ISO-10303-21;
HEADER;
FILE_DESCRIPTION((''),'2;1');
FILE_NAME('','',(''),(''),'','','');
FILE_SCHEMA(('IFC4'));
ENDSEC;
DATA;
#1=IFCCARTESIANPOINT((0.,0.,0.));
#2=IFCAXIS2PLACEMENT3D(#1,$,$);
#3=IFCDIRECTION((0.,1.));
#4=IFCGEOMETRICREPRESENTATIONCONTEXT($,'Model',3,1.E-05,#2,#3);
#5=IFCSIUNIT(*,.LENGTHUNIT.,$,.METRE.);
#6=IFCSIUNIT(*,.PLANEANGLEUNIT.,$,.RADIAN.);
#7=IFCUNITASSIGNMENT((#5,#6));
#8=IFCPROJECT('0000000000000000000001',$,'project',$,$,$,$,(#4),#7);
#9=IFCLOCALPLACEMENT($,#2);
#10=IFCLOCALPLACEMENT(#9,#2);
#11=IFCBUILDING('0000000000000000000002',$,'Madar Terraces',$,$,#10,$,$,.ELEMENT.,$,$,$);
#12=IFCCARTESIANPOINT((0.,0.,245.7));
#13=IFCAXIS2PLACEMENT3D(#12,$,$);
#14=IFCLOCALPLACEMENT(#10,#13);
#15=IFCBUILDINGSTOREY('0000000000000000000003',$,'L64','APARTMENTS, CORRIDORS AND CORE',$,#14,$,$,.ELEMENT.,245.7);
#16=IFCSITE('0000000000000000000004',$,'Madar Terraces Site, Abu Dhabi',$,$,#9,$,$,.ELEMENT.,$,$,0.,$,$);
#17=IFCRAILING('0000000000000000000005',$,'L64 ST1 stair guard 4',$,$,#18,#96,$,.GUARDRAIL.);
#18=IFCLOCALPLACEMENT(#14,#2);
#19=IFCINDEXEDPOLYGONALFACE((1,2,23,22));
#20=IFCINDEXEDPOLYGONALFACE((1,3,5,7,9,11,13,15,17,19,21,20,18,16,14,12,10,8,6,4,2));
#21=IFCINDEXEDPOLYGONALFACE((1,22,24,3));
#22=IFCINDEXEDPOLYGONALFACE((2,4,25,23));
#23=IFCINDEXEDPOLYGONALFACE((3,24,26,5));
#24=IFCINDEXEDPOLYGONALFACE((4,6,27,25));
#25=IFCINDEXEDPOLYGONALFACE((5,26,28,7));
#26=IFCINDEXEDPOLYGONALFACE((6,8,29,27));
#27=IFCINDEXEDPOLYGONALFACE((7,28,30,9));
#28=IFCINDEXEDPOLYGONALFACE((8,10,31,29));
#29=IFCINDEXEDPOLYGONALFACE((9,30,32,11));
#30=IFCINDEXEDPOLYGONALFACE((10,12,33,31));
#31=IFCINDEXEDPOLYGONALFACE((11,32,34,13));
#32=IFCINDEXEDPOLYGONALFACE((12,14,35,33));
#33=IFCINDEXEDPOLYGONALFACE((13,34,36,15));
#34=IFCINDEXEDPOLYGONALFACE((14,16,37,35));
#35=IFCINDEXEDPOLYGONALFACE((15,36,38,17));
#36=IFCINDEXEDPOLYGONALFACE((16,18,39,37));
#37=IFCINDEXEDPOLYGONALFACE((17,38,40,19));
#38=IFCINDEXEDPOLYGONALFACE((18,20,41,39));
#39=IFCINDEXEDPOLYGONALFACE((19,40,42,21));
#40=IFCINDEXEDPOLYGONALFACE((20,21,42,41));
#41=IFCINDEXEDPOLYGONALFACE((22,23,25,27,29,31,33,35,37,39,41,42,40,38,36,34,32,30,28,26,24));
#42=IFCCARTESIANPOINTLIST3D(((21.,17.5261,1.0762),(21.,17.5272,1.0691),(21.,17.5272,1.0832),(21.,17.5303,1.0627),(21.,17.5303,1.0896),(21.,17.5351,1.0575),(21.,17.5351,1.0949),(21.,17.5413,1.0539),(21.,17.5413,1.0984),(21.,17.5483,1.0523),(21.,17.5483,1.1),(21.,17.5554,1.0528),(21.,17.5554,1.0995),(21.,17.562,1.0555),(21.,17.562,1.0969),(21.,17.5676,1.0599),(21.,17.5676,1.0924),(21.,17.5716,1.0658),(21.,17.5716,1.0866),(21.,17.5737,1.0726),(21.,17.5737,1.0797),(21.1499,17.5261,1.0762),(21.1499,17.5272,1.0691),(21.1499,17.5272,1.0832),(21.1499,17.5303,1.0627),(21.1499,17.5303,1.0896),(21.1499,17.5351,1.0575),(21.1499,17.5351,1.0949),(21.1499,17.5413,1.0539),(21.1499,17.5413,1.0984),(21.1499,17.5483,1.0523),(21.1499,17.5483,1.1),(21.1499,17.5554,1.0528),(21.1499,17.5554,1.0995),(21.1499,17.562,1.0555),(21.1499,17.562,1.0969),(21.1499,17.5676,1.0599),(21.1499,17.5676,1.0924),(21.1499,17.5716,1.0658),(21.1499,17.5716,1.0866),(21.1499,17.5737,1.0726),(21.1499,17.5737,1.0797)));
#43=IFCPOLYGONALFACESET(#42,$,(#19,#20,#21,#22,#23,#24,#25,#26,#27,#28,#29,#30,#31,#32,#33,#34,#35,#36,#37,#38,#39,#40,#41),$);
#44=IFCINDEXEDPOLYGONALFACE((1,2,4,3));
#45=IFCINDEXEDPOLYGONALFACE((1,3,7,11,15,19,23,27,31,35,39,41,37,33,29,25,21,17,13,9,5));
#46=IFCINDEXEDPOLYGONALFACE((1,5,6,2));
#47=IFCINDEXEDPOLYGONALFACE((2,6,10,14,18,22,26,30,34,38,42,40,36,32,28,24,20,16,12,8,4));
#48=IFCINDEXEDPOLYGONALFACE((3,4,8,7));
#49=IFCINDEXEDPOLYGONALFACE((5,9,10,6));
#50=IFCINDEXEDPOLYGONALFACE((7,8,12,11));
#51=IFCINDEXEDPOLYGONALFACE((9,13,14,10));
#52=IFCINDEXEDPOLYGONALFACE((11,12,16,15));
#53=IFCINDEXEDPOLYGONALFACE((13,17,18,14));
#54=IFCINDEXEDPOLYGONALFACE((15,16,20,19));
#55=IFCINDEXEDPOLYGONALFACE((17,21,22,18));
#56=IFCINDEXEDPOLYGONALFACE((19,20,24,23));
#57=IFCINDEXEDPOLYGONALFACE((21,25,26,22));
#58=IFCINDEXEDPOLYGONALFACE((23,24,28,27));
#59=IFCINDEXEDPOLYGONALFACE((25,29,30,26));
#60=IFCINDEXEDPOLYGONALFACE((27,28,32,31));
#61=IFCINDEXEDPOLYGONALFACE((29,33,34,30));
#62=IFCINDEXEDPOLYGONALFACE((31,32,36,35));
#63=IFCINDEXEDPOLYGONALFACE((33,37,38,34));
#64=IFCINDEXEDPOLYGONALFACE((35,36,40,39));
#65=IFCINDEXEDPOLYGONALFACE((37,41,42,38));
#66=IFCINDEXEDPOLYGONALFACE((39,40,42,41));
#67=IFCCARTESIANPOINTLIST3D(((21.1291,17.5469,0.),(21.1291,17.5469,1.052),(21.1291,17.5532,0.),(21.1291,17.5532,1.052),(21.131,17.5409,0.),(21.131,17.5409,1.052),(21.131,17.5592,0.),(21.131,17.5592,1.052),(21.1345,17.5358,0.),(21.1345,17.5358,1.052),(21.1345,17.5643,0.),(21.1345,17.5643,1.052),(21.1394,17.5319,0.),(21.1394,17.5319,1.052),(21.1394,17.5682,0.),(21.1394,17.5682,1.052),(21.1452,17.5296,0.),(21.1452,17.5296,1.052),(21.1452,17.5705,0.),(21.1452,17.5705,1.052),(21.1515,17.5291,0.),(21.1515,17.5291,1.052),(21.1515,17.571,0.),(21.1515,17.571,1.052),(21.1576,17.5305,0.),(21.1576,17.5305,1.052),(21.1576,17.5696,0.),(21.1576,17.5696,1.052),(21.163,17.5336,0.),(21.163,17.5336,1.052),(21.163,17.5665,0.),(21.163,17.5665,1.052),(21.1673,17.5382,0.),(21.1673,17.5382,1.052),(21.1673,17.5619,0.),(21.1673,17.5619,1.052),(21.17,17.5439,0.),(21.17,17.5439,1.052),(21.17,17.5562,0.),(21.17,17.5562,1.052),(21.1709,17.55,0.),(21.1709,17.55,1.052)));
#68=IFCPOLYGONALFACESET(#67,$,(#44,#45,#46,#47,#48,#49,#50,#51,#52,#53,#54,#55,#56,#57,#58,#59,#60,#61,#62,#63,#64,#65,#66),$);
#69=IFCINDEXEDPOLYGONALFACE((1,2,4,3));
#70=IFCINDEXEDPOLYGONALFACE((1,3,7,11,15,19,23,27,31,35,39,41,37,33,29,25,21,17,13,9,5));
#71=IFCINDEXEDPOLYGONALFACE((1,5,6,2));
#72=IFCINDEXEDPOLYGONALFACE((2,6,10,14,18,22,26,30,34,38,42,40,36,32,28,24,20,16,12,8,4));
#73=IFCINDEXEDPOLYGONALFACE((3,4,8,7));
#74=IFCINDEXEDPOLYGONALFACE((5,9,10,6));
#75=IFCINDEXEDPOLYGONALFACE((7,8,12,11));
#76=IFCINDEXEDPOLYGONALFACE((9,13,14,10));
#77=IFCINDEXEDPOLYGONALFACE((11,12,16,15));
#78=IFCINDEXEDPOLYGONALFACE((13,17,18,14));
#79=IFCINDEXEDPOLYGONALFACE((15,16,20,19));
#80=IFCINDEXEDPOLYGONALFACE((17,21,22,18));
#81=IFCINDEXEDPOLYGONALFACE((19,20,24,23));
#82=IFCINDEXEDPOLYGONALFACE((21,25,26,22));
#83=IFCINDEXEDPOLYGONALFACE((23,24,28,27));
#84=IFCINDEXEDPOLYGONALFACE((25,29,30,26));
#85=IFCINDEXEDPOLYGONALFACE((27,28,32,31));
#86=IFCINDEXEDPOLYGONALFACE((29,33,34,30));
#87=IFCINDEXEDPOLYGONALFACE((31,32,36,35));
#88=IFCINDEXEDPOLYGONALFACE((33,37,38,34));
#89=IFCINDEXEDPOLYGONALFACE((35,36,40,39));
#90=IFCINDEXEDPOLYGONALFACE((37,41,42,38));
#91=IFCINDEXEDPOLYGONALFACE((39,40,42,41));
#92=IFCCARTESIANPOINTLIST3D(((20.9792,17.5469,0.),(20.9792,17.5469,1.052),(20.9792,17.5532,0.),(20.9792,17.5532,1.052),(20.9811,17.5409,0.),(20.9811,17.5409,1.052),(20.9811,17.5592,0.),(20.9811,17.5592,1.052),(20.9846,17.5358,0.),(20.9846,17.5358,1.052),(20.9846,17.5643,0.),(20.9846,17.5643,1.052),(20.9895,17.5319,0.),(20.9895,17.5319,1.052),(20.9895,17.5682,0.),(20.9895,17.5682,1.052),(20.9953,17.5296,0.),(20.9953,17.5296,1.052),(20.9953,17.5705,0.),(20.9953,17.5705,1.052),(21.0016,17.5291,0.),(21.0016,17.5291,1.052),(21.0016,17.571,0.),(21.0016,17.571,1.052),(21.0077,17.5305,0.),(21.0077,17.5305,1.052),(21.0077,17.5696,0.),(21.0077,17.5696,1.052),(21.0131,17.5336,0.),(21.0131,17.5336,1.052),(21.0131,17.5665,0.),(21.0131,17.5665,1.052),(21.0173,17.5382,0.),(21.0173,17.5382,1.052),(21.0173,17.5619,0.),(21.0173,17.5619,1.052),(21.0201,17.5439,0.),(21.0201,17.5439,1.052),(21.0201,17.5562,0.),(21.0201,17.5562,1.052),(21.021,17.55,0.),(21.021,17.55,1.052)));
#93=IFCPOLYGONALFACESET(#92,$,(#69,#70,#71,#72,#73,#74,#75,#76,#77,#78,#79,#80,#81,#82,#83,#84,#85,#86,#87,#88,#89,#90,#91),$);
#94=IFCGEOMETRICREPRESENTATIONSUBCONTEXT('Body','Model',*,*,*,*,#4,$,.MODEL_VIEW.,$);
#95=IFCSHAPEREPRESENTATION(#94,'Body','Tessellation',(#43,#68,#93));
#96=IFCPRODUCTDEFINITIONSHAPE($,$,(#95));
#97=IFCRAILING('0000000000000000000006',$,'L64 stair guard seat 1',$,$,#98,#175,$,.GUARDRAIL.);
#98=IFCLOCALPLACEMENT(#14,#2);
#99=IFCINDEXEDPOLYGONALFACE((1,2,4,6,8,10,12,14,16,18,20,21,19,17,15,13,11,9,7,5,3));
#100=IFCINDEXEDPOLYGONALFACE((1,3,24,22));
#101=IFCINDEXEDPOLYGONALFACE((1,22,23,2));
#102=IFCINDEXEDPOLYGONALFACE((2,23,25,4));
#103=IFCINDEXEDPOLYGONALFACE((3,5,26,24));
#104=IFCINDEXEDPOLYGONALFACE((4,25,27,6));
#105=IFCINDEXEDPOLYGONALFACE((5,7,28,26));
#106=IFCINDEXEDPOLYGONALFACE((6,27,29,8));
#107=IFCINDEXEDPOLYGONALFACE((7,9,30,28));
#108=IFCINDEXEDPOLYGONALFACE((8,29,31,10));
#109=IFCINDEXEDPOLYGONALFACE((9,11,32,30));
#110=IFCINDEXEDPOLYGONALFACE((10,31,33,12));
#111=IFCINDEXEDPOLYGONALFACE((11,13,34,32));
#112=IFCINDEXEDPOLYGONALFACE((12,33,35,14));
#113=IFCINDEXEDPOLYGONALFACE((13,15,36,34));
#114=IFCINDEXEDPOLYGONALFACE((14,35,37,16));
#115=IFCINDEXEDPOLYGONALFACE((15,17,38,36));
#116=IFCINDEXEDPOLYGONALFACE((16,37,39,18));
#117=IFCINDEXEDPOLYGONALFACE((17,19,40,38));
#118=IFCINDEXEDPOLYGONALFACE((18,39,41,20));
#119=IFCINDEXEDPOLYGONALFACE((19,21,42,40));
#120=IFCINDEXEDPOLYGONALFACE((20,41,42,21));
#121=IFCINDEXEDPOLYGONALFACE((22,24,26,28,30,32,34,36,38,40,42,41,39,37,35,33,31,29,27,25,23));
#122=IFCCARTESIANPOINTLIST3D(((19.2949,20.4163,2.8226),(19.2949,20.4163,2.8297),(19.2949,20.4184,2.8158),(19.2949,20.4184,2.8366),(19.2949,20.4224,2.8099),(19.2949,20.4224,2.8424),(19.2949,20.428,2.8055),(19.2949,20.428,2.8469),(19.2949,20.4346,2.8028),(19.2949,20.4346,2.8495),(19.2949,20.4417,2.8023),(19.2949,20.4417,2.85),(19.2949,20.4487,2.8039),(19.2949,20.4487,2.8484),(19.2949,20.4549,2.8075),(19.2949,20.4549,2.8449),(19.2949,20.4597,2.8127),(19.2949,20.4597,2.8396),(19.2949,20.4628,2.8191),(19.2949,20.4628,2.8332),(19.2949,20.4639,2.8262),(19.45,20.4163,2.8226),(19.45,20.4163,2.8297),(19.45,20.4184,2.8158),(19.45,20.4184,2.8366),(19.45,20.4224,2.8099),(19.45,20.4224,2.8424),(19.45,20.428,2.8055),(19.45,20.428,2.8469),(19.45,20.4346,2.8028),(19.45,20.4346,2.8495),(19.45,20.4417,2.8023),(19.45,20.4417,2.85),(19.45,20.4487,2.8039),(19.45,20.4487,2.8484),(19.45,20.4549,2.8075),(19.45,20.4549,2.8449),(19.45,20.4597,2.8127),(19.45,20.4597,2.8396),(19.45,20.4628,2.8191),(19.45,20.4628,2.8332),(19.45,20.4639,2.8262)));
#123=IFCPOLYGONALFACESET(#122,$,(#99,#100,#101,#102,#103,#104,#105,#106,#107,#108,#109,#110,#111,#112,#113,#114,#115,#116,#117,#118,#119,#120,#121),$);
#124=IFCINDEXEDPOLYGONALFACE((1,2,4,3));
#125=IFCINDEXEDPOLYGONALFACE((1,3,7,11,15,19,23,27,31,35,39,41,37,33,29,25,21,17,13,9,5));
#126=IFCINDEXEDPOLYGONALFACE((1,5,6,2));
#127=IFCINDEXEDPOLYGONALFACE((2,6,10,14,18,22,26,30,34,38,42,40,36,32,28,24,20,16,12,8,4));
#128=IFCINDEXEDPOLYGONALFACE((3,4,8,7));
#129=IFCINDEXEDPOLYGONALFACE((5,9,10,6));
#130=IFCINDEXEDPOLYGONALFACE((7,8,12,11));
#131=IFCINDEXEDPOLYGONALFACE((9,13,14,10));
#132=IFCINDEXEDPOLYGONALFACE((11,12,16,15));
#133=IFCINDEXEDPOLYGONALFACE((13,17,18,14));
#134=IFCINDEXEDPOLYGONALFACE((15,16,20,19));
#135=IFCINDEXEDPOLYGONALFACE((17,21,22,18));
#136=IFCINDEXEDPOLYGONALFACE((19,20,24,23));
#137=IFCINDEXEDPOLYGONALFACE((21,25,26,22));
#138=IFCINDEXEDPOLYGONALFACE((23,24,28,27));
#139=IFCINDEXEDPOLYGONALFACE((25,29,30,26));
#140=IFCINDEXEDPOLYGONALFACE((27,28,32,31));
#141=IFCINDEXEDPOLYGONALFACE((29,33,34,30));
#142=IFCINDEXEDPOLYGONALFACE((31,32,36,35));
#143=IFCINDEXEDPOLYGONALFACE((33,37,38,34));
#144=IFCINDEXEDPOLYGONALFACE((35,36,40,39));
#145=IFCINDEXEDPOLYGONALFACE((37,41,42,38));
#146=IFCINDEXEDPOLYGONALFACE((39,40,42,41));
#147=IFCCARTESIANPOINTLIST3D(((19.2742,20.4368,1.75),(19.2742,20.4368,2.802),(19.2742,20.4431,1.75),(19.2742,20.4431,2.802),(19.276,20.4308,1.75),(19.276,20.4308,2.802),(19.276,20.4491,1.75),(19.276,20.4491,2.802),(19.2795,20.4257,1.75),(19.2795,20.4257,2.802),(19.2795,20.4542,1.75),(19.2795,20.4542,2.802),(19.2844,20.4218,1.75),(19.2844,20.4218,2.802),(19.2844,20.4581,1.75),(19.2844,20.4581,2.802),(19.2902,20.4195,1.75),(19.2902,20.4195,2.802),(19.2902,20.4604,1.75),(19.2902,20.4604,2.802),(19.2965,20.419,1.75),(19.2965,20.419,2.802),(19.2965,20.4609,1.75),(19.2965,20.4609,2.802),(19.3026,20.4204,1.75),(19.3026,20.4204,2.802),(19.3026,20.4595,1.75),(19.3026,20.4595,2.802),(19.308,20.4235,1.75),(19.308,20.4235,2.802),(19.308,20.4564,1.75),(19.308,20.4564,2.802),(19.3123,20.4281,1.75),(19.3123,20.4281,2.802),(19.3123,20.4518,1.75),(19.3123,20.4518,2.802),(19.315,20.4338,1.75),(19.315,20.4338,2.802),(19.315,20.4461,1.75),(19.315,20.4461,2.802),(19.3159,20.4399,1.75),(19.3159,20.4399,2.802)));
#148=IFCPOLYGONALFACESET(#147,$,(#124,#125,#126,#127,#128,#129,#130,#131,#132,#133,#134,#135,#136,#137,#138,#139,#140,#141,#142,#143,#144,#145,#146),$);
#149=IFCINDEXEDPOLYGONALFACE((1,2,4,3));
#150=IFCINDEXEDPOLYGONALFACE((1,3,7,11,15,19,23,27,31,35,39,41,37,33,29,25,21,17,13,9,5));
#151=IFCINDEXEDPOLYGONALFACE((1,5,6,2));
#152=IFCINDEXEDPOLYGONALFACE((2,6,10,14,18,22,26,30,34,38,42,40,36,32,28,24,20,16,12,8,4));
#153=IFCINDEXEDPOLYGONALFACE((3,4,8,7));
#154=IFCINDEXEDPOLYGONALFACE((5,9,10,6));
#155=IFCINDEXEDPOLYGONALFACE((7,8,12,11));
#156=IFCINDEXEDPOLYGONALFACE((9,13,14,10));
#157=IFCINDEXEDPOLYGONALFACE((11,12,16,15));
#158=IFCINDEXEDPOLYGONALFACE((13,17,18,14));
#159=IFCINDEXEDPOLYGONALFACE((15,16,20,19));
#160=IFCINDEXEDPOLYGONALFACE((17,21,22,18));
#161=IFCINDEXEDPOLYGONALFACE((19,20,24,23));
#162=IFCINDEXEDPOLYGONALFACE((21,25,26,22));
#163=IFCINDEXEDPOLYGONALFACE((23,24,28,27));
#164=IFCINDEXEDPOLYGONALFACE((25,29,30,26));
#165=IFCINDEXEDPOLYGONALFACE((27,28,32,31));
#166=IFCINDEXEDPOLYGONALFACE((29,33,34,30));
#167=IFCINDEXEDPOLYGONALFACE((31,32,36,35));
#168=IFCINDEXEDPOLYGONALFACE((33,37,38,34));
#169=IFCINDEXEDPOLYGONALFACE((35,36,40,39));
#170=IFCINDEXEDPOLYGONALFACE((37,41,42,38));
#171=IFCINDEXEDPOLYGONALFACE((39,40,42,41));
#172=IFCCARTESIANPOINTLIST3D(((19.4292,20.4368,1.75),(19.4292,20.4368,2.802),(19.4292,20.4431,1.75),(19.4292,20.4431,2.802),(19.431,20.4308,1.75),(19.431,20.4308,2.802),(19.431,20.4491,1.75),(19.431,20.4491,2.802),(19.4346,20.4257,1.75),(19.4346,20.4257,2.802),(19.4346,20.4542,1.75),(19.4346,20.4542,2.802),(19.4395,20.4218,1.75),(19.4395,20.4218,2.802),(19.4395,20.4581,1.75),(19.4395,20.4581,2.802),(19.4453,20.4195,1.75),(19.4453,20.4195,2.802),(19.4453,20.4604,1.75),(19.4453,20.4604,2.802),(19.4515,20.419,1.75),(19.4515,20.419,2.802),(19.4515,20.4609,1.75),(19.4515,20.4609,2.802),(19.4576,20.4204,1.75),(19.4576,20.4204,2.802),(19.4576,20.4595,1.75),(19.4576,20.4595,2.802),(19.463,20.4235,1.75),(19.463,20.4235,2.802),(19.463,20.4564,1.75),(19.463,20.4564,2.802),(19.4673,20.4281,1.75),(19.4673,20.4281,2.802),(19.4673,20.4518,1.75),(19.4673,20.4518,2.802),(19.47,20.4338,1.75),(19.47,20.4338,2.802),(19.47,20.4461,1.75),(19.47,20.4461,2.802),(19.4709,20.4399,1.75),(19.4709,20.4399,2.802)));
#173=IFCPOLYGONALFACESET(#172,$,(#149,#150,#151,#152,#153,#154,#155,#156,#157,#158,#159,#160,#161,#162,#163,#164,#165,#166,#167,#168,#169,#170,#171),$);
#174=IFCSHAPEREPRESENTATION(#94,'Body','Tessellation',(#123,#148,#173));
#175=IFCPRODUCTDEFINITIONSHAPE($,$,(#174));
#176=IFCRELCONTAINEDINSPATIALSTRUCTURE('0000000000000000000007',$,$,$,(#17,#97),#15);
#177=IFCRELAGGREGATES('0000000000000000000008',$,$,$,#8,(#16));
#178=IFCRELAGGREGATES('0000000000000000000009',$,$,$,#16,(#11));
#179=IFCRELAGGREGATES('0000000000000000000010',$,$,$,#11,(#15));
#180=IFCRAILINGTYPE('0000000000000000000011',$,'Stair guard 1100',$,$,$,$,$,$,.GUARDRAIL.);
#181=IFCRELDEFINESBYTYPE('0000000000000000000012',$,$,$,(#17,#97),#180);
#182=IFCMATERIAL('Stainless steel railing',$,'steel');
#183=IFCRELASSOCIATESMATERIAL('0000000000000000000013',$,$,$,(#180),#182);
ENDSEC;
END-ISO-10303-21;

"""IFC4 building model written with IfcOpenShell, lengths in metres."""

from ifc_helpers import new_model, si_unit, direction, frame, origin, origin_2d, place, context, subcontext, project, spatial, circle, extrude, material, type_object, element, save


model = new_model("IFC4")

# Units and contexts
model_context = context("Model", 3, precision=1e-05, world=origin(), true_north=direction((0.0, 1.0)))
body_context = subcontext(model_context, "Body", "Model", "MODEL_VIEW")
ifc_project = project(units=[si_unit("LENGTHUNIT", "METRE"), si_unit("PLANEANGLEUNIT", "RADIAN")], contexts=[model_context])

# Site, building, storey
site_placement = place(None, origin())
site = spatial("IfcSite", under=ifc_project, at=site_placement, Name="Madar Terraces Site, Abu Dhabi", CompositionType="ELEMENT", RefElevation=0.0)
building_placement = place(site_placement, origin())
building = spatial("IfcBuilding", under=site, at=building_placement, Name="Madar Terraces", CompositionType="ELEMENT")
storey_placement = place(building_placement, frame((0.0, 0.0, 245.7)))
storey = spatial("IfcBuildingStorey", under=building, at=storey_placement, Name="L64", Description="APARTMENTS, CORRIDORS AND CORE", CompositionType="ELEMENT", Elevation=245.7)

# Railings
ifc_material_1 = material(Name="Stainless steel railing", Category="steel")
railing_type_1 = type_object("IfcRailingType", Name="Stair guard 1100", PredefinedType="GUARDRAIL", material=ifc_material_1)
railing_1_placement = place(storey_placement, frame((21.1499, 17.55, 0.0)))
element("IfcRailing", 1, at=railing_1_placement, inside=storey, type_object=railing_type_1, Name="L64 ST1 stair guard 4", PredefinedType="GUARDRAIL", context=body_context, shape_type="SweptSolid", body=[
    extrude(circle(Radius=0.0239, at=origin_2d()), frame((0.0, 0.0, 1.0762), z_axis=(-1.0, 0.0, 0.0), x_axis=(0.0, -1.0, 0.0)), (0.0, 0.0, 1.0), 0.1499),
    extrude(circle(Radius=0.021, at=origin_2d()), origin(), (0.0, 0.0, 1.0), 1.052),
    extrude(circle(Radius=0.021, at=origin_2d()), frame((-0.1499, 0.0, 0.0)), (0.0, 0.0, 1.0), 1.052),
])
for number, where, name in (
    (2, (19.2949, 20.4399, 1.75), "L64 stair guard seat 1"),
):
    element("IfcRailing", number, at=place(storey_placement, frame(where)), inside=storey, type_object=railing_type_1, Name=name, PredefinedType="GUARDRAIL", context=body_context, shape_type="SweptSolid", body=[
        extrude(circle(Radius=0.0239, at=origin_2d()), frame((0.0, 0.0, 1.0762), z_axis=(1.0, 0.0, 0.0), x_axis=(0.0, 1.0, 0.0)), (0.0, 0.0, 1.0), 0.155),
        extrude(circle(Radius=0.021, at=origin_2d()), origin(), (0.0, 0.0, 1.0), 1.052),
        extrude(circle(Radius=0.021, at=origin_2d()), frame((0.155, 0.0, 0.0)), (0.0, 0.0, 1.0), 1.052),
    ])

save(model, "model.ifc")
